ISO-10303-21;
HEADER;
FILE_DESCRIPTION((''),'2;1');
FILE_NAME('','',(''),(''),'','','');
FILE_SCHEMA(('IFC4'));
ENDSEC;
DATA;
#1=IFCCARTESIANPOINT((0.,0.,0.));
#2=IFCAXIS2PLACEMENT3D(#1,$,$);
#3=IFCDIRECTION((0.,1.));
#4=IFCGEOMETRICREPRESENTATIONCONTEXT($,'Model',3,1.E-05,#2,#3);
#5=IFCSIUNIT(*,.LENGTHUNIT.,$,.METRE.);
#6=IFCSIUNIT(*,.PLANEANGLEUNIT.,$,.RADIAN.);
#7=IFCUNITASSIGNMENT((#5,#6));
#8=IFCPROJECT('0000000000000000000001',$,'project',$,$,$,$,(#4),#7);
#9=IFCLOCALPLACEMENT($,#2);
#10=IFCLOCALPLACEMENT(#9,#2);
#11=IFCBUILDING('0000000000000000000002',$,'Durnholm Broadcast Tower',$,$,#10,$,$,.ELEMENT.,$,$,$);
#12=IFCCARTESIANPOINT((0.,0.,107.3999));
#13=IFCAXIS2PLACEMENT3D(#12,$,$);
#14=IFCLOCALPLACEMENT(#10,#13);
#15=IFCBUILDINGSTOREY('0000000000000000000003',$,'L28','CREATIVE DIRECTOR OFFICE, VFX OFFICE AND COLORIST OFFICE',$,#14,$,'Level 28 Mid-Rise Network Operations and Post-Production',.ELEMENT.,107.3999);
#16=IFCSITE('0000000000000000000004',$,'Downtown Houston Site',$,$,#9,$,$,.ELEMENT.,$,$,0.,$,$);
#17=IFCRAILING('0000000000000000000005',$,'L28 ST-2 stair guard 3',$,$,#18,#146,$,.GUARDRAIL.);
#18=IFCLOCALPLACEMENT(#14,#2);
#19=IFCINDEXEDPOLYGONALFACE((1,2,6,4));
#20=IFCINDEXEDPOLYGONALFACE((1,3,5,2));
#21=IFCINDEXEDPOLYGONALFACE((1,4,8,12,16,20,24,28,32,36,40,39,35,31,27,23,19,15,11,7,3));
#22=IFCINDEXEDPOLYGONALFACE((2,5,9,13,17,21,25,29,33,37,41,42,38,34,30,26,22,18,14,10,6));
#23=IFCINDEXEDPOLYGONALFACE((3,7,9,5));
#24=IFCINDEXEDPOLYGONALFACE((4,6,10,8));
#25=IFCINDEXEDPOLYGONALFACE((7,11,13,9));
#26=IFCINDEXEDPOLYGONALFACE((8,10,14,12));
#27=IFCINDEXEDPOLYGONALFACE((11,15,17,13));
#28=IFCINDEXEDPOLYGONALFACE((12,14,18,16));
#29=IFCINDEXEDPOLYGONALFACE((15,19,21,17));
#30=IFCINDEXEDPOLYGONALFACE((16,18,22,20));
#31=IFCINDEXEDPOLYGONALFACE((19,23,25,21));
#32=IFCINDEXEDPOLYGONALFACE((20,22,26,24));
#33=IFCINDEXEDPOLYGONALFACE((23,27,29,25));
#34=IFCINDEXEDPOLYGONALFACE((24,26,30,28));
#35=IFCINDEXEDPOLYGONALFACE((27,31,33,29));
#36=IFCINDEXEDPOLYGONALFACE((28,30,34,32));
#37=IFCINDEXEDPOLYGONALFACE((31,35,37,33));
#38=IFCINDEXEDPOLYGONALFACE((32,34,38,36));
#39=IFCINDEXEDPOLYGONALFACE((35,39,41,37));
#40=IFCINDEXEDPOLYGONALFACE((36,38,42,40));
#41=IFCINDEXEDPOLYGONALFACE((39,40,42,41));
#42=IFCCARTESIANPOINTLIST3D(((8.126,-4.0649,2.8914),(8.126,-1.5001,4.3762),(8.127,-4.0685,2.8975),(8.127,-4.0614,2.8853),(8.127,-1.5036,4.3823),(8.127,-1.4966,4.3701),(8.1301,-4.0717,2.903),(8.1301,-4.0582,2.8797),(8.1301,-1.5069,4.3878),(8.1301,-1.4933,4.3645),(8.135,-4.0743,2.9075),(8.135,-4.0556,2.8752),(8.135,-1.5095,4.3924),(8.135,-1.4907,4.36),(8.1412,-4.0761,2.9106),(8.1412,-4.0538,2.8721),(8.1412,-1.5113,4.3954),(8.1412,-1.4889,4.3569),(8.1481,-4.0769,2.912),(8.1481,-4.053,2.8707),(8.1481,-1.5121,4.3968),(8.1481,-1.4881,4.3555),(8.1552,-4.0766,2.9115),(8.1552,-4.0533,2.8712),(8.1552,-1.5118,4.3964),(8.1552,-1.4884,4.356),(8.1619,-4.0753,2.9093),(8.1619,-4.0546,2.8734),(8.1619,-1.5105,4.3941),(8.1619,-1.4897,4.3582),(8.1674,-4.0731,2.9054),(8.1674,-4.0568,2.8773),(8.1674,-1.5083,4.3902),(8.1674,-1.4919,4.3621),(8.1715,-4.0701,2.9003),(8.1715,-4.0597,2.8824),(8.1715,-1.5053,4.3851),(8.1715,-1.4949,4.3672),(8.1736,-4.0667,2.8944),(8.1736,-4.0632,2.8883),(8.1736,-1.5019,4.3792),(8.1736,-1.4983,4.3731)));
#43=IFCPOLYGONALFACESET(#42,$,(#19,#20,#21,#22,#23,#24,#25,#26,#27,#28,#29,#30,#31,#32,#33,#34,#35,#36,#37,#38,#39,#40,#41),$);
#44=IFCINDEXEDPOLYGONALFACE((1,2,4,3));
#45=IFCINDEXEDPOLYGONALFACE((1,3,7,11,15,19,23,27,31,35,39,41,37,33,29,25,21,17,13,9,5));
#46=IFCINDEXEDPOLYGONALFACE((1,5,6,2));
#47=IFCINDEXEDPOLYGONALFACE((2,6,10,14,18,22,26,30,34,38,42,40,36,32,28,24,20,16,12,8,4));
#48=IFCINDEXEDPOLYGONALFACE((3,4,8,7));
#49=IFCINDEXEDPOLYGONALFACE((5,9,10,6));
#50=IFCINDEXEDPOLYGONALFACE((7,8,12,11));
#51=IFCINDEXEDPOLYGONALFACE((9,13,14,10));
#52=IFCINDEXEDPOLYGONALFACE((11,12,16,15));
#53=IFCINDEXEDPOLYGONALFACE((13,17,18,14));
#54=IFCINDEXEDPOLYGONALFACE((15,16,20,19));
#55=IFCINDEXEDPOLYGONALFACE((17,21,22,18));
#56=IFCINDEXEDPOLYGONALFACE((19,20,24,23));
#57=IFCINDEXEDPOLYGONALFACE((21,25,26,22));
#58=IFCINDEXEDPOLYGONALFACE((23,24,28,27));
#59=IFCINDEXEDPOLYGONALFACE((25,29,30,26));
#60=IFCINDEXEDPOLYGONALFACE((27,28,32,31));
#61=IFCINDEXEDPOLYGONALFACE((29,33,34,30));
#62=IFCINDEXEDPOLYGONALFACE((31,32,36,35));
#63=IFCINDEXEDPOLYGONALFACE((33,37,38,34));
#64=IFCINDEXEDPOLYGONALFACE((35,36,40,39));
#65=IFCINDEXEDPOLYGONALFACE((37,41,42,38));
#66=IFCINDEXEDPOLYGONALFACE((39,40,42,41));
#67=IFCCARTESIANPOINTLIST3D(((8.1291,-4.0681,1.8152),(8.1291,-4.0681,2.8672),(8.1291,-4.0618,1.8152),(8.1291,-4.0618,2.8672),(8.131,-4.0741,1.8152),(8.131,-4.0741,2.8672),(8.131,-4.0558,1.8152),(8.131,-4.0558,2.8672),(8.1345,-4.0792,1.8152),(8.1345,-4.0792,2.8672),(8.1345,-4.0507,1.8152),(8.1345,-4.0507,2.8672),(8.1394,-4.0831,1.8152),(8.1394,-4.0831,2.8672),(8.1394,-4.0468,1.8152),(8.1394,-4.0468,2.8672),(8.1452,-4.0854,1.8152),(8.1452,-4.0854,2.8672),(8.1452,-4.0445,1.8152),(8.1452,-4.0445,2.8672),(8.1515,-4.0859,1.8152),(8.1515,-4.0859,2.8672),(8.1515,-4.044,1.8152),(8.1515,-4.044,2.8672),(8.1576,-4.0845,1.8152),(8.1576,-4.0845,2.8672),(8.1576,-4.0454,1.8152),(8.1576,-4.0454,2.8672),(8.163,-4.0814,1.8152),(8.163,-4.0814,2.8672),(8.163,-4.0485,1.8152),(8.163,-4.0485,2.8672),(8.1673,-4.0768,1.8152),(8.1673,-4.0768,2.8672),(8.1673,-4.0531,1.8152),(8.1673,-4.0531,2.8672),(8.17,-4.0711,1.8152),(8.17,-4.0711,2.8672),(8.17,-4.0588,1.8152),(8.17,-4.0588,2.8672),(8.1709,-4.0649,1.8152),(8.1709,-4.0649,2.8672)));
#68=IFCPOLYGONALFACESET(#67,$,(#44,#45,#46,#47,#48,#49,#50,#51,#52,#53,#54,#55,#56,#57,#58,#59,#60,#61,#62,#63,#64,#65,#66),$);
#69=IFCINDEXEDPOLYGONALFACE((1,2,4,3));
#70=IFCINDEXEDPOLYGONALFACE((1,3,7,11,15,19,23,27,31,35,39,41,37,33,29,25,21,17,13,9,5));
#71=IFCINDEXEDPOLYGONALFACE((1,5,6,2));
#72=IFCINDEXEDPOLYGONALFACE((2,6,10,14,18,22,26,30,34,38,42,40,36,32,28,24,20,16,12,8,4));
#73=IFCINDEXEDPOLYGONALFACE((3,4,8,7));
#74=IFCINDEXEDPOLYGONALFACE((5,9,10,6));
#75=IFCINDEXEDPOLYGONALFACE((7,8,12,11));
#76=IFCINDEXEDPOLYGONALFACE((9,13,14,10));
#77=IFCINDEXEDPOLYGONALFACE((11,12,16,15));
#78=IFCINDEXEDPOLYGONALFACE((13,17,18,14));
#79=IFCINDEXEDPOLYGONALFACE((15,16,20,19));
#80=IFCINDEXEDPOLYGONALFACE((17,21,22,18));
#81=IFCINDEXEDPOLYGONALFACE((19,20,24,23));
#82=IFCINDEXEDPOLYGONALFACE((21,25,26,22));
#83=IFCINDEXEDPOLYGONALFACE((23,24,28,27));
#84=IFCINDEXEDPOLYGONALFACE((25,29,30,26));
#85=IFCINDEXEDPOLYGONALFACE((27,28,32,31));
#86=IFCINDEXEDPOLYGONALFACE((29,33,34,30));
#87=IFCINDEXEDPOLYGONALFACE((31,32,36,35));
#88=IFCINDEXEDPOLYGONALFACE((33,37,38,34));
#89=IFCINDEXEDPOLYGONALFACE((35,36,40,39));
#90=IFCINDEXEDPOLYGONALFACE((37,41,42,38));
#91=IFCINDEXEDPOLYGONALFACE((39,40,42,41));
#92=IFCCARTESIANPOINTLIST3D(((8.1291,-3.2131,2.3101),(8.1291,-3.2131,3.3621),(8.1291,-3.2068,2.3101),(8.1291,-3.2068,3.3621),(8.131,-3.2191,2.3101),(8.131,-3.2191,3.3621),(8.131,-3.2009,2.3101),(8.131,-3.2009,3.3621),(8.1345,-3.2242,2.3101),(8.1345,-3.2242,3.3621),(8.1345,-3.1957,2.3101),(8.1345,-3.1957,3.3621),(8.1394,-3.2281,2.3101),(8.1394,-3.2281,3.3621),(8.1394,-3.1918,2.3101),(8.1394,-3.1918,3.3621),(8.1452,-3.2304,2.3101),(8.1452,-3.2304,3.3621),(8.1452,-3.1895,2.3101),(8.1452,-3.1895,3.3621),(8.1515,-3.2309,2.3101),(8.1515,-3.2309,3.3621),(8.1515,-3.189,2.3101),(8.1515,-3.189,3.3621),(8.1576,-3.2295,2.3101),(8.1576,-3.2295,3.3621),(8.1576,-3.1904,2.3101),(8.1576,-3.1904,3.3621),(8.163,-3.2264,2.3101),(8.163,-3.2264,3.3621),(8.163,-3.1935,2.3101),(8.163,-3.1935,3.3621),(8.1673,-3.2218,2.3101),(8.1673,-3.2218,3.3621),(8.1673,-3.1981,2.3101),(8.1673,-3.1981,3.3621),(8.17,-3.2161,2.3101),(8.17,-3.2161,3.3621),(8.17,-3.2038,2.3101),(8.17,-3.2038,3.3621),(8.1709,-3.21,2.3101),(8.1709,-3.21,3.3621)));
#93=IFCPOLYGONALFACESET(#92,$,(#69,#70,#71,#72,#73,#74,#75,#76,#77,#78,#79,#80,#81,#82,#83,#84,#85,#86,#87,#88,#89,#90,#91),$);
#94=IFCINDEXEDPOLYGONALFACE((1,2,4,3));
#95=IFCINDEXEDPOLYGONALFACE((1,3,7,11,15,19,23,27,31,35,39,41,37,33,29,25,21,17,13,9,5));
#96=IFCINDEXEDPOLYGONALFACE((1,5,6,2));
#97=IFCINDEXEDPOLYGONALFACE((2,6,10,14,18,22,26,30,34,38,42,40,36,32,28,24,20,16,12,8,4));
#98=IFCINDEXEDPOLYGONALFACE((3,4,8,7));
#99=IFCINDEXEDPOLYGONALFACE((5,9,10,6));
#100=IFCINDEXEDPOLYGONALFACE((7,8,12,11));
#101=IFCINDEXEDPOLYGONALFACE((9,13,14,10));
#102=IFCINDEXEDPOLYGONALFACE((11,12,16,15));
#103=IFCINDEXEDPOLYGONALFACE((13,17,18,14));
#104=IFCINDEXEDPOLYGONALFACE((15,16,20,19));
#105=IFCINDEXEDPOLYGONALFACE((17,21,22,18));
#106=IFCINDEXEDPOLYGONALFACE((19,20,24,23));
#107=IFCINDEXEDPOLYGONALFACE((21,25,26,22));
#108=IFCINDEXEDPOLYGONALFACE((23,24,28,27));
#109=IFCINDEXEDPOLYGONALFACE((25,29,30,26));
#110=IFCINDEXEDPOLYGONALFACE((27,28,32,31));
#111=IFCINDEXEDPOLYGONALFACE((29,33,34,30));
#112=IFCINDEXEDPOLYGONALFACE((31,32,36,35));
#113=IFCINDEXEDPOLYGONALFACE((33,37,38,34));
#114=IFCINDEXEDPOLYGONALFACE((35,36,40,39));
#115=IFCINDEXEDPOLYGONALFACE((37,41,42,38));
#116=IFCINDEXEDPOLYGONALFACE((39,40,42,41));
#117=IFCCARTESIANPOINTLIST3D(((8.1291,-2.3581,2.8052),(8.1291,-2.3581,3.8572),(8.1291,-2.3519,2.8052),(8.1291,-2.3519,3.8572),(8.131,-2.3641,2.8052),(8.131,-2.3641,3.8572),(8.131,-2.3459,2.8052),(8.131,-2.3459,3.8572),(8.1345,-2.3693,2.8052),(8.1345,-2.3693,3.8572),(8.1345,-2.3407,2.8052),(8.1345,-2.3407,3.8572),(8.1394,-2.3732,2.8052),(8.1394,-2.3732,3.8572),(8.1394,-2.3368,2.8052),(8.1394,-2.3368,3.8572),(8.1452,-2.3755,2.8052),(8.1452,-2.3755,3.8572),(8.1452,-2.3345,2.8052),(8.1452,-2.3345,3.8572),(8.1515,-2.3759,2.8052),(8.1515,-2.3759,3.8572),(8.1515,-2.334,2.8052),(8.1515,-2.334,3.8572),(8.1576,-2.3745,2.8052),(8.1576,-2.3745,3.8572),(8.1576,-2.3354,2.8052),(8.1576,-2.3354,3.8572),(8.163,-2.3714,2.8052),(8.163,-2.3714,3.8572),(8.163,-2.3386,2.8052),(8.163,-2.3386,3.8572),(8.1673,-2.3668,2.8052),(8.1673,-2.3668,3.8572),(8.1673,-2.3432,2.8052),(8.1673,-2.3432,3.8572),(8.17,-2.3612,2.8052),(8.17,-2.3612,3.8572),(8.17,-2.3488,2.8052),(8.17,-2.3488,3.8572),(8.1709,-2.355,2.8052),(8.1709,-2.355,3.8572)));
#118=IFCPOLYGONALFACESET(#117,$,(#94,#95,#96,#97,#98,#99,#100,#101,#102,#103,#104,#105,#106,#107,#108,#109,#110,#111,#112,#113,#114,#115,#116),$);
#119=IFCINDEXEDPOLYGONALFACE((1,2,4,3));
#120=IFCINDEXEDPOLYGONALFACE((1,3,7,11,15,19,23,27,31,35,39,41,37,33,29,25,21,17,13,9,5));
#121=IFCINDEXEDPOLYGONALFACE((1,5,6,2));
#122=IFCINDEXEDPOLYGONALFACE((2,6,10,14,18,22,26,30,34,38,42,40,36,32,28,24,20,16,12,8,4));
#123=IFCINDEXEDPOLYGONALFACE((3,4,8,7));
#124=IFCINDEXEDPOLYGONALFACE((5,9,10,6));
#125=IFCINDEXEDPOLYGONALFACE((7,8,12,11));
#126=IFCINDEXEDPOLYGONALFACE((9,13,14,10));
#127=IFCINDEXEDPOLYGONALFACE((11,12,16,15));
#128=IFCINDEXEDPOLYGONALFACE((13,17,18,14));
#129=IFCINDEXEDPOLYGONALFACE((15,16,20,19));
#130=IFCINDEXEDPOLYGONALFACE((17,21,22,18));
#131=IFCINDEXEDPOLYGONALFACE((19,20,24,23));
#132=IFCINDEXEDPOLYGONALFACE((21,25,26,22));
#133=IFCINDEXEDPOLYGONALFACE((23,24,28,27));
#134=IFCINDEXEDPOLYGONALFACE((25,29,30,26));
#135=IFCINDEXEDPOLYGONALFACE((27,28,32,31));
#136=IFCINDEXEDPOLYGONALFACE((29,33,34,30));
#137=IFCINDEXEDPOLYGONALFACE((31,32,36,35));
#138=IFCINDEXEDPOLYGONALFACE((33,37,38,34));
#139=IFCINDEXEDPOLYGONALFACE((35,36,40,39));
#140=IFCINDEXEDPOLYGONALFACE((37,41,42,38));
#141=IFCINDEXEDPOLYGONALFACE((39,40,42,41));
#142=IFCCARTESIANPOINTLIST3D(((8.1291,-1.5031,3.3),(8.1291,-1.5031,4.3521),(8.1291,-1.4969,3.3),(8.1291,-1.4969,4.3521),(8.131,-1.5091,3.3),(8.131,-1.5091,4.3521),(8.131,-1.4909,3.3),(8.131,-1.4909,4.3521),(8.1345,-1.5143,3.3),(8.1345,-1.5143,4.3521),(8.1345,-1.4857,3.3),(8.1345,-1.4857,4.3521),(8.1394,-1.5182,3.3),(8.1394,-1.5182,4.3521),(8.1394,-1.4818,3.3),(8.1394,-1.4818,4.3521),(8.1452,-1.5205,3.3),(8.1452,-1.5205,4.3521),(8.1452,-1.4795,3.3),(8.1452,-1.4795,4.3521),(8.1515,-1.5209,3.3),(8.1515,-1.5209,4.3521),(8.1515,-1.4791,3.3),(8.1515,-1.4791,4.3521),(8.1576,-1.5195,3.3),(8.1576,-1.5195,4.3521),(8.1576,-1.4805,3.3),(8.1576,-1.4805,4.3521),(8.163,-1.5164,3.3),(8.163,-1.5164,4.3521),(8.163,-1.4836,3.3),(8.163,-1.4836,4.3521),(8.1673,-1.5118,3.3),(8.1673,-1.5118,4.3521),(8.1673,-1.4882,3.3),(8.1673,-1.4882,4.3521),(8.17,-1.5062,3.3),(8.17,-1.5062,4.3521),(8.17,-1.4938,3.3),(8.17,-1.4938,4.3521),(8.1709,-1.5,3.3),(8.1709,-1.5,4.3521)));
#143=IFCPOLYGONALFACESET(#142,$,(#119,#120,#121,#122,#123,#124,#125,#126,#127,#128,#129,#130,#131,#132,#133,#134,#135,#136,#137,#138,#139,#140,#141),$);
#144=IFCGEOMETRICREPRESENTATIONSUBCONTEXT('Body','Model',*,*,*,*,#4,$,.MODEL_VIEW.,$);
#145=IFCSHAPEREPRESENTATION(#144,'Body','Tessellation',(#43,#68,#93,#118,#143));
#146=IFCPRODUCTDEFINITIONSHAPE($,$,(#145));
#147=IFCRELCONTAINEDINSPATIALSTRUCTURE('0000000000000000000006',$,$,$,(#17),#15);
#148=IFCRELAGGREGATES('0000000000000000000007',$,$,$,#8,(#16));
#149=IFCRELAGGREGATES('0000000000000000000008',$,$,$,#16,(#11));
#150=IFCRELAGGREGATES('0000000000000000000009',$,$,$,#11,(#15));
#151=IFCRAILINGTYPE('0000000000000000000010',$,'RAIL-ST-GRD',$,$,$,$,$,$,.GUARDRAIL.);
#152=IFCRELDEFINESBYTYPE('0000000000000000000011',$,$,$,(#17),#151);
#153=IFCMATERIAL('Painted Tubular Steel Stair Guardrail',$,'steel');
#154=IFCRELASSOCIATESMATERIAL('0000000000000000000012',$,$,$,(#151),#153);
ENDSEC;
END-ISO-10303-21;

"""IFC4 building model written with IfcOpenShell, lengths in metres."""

from ifc_helpers import new_model, si_unit, direction, frame, origin, origin_2d, place, context, subcontext, project, spatial, circle, extrude, material, type_object, element, save


model = new_model("IFC4")

# Units and contexts
model_context = context("Model", 3, precision=1e-05, world=origin(), true_north=direction((0.0, 1.0)))
body_context = subcontext(model_context, "Body", "Model", "MODEL_VIEW")
ifc_project = project(units=[si_unit("LENGTHUNIT", "METRE"), si_unit("PLANEANGLEUNIT", "RADIAN")], contexts=[model_context])

# Site, building, storey
site_placement = place(None, origin())
site = spatial("IfcSite", under=ifc_project, at=site_placement, Name="Downtown Houston Site", CompositionType="ELEMENT", RefElevation=0.0)
building_placement = place(site_placement, origin())
building = spatial("IfcBuilding", under=site, at=building_placement, Name="Durnholm Broadcast Tower", CompositionType="ELEMENT")
storey_placement = place(building_placement, frame((0.0, 0.0, 107.3999)))
storey = spatial("IfcBuildingStorey", under=building, at=storey_placement, Name="L28", Description="CREATIVE DIRECTOR OFFICE, VFX OFFICE AND COLORIST OFFICE", LongName="Level 28 Mid-Rise Network Operations and Post-Production", CompositionType="ELEMENT", Elevation=107.3999)

# Railing
ifc_material_1 = material(Name="Painted Tubular Steel Stair Guardrail", Category="steel")
railing_type_1 = type_object("IfcRailingType", Name="RAIL-ST-GRD", PredefinedType="GUARDRAIL", material=ifc_material_1)
railing_1_placement = place(storey_placement, frame((8.1499, -4.0649, 1.8152)))
element("IfcRailing", 1, at=railing_1_placement, inside=storey, type_object=railing_type_1, Name="L28 ST-2 stair guard 3", PredefinedType="GUARDRAIL", context=body_context, shape_type="SweptSolid", body=[
    extrude(circle(Radius=0.0239, at=origin_2d()), frame((0.0, 0.0, 1.0762), z_axis=(0.0, 0.865441, 0.50101), x_axis=(-1.0, 0.0, 0.0)), (0.0, 0.0, 1.0), 2.9636),
    extrude(circle(Radius=0.021, at=origin_2d()), origin(), (0.0, 0.0, 1.0), 1.052),
    extrude(circle(Radius=0.021, at=origin_2d()), frame((0.0, 0.855, 0.4949)), (0.0, 0.0, 1.0), 1.052),
    extrude(circle(Radius=0.021, at=origin_2d()), frame((0.0, 1.71, 0.99)), (0.0, 0.0, 1.0), 1.052),
    extrude(circle(Radius=0.021, at=origin_2d()), frame((0.0, 2.5649, 1.4849)), (0.0, 0.0, 1.0), 1.052),
])

save(model, "model.ifc")
